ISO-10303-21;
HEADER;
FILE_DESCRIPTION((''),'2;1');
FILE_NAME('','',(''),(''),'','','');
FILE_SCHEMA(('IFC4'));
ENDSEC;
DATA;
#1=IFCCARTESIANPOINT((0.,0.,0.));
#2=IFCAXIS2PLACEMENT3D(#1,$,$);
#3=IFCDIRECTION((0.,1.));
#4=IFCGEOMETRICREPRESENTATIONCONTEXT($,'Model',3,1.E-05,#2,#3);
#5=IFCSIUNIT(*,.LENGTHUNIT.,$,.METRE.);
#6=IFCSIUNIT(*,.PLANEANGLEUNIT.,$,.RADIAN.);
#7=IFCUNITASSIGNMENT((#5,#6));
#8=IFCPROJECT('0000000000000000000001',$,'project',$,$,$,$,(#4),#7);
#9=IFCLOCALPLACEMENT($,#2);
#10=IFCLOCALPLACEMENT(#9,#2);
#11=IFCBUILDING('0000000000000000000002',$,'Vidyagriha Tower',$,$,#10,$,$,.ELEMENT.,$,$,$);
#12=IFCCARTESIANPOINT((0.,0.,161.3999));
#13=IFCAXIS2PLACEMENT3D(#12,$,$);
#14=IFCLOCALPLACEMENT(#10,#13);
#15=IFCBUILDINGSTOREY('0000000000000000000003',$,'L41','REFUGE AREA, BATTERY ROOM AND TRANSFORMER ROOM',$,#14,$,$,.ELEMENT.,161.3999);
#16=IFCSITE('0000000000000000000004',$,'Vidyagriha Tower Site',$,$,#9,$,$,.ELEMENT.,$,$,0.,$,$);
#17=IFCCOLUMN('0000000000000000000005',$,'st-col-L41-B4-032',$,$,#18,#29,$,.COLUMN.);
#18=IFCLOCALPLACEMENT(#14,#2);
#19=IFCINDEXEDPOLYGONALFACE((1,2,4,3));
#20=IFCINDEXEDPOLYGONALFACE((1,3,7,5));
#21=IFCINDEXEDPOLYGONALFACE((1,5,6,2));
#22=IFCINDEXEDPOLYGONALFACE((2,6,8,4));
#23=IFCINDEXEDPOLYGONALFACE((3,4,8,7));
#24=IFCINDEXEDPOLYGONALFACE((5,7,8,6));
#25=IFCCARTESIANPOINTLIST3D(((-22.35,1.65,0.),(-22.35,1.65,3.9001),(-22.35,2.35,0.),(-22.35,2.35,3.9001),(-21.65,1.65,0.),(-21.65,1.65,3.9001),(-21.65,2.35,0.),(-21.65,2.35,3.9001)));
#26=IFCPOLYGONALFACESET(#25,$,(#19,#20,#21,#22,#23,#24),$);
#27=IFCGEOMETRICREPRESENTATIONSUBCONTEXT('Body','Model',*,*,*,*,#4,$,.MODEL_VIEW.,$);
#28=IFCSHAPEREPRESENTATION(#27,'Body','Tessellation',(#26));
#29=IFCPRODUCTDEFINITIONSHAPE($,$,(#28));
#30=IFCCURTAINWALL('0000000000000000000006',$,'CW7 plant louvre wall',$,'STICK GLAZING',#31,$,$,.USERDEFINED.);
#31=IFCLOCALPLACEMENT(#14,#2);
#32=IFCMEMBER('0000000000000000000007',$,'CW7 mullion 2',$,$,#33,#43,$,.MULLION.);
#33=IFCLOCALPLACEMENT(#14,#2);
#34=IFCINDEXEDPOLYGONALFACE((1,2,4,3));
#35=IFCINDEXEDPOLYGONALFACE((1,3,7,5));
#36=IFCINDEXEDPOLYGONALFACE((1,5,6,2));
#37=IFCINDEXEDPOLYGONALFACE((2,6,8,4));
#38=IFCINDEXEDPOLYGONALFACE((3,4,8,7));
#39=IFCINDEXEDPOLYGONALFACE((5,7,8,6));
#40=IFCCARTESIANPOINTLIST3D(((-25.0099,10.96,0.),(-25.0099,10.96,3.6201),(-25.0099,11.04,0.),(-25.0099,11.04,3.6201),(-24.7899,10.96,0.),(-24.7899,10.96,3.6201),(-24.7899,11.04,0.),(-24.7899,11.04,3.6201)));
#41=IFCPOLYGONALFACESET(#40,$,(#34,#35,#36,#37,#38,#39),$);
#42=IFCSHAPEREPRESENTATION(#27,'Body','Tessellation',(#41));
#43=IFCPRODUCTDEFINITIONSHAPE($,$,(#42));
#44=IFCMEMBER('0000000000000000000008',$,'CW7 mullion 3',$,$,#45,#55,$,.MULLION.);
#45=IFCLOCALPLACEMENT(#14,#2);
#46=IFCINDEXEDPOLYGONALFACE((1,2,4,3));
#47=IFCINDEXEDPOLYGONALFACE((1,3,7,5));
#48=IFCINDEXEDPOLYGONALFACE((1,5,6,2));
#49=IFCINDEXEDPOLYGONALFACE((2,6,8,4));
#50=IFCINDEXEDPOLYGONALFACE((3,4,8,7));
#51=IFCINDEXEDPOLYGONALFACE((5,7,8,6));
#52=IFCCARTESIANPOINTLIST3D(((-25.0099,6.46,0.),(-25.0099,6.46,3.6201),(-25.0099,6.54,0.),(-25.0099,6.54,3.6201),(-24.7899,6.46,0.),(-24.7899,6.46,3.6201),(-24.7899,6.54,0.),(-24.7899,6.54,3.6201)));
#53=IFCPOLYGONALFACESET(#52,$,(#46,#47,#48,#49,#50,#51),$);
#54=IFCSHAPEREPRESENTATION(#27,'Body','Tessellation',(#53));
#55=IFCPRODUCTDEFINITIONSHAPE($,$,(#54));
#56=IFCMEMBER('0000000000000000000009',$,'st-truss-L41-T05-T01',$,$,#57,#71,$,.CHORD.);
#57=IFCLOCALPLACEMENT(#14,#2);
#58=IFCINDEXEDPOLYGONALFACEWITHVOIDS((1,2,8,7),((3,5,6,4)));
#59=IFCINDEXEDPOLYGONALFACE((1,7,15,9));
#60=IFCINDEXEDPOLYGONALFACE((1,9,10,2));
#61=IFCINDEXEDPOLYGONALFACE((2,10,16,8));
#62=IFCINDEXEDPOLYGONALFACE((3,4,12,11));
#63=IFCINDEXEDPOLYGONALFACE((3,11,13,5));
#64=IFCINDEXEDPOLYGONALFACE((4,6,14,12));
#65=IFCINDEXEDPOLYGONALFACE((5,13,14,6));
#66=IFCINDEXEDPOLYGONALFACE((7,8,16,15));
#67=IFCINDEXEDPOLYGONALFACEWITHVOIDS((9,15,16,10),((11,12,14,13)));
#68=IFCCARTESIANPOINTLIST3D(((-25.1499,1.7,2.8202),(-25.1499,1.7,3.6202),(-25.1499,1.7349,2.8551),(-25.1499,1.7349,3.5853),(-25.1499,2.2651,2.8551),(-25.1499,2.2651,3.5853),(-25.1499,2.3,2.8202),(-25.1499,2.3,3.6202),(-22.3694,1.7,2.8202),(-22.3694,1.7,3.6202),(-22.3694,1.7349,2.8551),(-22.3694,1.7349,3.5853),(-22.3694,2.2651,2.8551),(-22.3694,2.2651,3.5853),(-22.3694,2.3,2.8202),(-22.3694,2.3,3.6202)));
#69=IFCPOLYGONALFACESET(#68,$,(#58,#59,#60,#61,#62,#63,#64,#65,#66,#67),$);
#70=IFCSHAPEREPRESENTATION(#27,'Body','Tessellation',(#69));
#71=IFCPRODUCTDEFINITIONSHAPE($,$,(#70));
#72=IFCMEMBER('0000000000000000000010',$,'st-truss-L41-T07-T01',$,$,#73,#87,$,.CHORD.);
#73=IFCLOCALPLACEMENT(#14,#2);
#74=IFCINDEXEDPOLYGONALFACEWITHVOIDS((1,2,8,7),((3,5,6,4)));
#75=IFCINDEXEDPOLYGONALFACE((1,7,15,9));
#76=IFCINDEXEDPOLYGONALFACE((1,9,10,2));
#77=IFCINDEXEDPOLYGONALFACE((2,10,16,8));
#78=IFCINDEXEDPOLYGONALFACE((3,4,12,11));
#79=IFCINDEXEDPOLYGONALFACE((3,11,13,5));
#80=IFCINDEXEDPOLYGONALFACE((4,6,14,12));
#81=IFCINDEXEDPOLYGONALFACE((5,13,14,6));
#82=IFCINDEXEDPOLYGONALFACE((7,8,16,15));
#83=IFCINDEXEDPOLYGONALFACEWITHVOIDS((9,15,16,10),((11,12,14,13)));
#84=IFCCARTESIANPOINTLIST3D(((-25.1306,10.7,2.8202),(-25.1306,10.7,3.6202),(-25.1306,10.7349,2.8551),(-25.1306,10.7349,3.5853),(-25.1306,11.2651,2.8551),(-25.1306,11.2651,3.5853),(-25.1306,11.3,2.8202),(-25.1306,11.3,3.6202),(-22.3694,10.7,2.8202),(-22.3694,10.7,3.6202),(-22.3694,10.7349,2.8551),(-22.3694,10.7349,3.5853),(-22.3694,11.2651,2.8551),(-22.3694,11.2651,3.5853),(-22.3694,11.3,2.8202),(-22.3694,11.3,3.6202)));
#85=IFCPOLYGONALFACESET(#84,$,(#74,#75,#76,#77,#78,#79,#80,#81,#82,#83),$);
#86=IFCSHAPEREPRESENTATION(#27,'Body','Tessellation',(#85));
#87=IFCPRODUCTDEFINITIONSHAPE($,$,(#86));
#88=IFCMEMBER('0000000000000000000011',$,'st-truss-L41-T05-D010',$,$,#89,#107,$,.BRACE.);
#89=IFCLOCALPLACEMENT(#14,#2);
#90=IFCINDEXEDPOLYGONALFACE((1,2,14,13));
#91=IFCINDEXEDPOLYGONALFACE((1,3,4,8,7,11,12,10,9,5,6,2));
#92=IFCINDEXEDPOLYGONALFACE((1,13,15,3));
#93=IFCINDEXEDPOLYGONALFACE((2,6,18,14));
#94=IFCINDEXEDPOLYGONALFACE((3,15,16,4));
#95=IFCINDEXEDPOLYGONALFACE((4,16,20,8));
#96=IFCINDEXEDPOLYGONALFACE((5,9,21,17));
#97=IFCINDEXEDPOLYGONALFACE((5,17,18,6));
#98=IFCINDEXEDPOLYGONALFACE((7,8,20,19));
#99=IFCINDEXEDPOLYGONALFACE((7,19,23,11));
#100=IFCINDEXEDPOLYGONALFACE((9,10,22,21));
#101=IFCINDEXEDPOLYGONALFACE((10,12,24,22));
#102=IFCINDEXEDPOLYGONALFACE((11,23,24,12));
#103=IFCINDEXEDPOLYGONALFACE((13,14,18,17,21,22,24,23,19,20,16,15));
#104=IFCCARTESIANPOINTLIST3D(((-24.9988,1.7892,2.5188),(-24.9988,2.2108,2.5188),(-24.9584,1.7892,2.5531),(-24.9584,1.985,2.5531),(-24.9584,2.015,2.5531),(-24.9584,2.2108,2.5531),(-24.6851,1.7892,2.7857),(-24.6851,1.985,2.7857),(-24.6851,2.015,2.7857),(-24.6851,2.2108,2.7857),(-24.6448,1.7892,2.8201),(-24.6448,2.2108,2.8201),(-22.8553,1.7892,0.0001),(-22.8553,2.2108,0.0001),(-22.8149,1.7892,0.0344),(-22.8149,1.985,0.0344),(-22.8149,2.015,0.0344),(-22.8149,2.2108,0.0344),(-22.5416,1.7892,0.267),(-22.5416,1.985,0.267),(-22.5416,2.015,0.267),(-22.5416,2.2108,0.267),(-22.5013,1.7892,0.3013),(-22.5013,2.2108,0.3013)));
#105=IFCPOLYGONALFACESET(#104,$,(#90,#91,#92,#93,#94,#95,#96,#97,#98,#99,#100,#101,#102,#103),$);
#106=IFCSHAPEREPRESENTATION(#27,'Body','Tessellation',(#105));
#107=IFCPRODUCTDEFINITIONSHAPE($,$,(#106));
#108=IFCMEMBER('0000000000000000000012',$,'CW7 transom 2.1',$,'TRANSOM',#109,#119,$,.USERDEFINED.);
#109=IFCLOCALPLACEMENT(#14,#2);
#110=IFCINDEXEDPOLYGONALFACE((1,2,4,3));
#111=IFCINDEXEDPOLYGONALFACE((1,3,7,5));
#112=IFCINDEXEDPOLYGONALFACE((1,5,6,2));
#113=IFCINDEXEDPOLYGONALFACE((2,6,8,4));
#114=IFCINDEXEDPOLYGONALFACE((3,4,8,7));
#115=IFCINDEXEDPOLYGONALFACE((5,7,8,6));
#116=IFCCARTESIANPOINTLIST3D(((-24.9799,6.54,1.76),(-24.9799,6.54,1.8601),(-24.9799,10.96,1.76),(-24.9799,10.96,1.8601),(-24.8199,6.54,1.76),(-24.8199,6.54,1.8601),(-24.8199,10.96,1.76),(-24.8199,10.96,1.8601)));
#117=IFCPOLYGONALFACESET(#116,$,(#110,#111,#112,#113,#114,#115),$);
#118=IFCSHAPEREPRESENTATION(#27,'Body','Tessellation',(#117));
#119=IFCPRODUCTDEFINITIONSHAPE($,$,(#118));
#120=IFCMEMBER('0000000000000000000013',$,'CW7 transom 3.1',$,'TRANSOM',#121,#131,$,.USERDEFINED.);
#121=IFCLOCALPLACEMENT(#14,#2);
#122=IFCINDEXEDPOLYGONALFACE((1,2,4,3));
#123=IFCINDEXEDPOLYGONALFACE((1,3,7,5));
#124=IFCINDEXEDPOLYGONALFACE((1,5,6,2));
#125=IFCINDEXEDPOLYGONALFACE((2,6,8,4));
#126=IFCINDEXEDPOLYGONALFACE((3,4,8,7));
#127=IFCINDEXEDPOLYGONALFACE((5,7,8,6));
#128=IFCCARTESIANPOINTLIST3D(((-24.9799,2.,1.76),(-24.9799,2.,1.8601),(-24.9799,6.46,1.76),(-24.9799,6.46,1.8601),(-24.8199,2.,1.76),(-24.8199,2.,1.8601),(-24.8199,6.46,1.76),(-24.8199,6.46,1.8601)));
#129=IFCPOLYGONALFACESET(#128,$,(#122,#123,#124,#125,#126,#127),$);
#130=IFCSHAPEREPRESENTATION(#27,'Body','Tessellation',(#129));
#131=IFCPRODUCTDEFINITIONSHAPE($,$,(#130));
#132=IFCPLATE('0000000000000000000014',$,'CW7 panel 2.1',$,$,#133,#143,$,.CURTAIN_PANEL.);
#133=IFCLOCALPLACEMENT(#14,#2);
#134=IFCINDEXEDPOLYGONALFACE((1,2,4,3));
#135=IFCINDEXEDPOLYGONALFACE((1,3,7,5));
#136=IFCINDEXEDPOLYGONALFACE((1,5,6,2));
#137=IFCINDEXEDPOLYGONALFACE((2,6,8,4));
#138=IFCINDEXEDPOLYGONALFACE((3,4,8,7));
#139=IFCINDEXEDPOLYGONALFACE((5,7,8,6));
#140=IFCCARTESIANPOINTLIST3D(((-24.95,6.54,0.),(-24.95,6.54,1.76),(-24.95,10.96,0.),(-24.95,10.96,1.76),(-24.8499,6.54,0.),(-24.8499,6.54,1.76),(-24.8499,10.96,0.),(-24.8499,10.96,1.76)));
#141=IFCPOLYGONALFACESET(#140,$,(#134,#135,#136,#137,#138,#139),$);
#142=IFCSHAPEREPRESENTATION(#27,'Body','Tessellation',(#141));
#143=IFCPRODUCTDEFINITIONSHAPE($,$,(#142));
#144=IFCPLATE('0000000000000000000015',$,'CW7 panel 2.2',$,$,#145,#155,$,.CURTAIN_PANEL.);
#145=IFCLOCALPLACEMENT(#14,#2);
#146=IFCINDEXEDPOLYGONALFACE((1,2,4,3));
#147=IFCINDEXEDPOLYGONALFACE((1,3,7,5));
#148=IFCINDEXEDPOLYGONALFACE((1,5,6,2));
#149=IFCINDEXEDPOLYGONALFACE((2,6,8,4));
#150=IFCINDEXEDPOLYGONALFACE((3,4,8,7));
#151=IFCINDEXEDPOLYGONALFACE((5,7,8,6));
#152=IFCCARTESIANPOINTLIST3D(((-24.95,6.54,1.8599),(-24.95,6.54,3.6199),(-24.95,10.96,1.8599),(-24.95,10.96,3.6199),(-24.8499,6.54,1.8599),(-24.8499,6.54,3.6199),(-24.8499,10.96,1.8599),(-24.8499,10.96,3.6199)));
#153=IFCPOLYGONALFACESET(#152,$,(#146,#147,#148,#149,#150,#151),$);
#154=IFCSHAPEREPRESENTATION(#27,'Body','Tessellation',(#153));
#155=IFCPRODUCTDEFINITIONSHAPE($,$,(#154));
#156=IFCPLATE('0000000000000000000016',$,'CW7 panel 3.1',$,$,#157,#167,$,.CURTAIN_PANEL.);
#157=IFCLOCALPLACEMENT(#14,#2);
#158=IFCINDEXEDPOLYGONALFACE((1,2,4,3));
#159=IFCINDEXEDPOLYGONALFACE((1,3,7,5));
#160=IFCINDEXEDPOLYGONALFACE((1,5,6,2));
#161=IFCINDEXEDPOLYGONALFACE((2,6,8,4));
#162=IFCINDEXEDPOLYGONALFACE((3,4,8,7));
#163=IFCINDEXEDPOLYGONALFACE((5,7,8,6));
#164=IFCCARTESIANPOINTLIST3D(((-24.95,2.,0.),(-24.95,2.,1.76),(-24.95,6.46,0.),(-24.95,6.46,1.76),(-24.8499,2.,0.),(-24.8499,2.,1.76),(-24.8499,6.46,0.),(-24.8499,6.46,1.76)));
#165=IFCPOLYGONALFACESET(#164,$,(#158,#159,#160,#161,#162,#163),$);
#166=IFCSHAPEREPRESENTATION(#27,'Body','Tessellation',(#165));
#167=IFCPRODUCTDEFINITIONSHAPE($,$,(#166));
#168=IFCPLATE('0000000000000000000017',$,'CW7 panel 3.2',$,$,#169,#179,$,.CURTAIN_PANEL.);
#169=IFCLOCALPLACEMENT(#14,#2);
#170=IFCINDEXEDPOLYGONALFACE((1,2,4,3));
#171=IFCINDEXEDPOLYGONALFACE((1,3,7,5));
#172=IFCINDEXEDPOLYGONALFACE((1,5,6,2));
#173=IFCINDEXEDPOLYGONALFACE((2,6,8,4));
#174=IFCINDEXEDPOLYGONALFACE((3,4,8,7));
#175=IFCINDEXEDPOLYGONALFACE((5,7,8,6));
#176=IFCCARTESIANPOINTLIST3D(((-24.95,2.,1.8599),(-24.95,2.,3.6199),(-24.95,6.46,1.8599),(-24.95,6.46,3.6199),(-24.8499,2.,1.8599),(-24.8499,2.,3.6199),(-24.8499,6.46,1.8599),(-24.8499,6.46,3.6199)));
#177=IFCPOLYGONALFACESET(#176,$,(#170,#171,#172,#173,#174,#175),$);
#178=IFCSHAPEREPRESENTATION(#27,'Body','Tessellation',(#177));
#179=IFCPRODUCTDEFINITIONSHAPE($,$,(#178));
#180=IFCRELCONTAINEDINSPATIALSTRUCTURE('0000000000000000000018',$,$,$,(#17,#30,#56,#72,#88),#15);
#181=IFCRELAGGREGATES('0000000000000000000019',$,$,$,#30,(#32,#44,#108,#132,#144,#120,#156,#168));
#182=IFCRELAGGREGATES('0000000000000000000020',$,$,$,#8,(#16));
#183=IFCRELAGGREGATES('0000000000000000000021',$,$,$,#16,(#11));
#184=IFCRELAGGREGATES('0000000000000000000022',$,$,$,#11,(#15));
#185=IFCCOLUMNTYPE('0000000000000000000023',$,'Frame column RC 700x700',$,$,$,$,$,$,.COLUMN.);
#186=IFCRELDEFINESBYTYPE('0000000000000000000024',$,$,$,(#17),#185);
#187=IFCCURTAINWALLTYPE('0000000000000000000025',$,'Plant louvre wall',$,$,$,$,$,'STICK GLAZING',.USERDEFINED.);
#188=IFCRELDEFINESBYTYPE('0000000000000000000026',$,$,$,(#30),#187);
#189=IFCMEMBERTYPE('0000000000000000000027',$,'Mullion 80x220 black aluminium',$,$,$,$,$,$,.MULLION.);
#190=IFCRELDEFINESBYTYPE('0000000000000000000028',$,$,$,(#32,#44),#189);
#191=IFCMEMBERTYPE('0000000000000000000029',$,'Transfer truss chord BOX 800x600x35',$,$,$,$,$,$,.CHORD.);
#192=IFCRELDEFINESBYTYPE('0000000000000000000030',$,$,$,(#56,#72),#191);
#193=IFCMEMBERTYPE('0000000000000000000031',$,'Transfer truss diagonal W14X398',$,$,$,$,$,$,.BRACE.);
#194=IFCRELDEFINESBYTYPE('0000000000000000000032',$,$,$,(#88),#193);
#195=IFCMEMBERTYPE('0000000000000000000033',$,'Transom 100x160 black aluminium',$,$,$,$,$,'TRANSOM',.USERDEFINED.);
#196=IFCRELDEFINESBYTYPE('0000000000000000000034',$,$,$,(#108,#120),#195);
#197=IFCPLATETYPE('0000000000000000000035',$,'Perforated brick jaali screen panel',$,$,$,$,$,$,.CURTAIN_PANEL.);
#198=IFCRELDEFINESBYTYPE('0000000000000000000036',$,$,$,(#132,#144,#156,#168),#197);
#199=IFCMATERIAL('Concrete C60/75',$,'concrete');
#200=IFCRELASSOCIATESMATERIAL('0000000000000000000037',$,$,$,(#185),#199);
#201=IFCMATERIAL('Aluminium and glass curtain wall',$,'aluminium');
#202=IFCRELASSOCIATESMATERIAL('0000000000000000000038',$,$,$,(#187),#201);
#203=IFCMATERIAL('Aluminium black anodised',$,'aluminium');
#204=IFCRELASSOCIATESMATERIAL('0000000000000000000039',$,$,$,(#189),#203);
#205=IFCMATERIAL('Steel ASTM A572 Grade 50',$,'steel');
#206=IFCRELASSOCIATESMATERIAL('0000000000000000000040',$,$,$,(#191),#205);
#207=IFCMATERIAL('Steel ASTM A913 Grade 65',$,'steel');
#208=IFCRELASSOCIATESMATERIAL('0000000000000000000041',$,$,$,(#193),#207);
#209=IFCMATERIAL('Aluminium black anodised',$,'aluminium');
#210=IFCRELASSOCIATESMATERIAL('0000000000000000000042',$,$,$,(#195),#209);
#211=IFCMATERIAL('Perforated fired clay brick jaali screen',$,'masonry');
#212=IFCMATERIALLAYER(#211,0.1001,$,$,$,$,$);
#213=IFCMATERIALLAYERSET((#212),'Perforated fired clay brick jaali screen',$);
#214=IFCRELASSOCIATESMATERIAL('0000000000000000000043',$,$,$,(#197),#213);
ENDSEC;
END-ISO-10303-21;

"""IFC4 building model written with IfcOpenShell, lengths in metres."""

from ifc_helpers import new_model, si_unit, direction, frame, origin, origin_2d, place, context, subcontext, project, spatial, rectangle, hollow_rectangle, i_section, extrude, material, layer, layer_set, material_profile, profile_set, type_object, element, aggregate, save


model = new_model("IFC4")

# Units and contexts
model_context = context("Model", 3, precision=1e-05, world=origin(), true_north=direction((0.0, 1.0)))
body_context = subcontext(model_context, "Body", "Model", "MODEL_VIEW")
ifc_project = project(units=[si_unit("LENGTHUNIT", "METRE"), si_unit("PLANEANGLEUNIT", "RADIAN")], contexts=[model_context])

# Site, building, storey
site_placement = place(None, origin())
site = spatial("IfcSite", under=ifc_project, at=site_placement, Name="Vidyagriha Tower Site", CompositionType="ELEMENT", RefElevation=0.0)
building_placement = place(site_placement, origin())
building = spatial("IfcBuilding", under=site, at=building_placement, Name="Vidyagriha Tower", CompositionType="ELEMENT")
storey_placement = place(building_placement, frame((0.0, 0.0, 161.3999)))
storey = spatial("IfcBuildingStorey", under=building, at=storey_placement, Name="L41", Description="REFUGE AREA, BATTERY ROOM AND TRANSFORMER ROOM", CompositionType="ELEMENT", Elevation=161.3999)

# Column
ifc_material_1 = material(Name="Concrete C60/75", Category="concrete")
ifc_material_profile_1 = material_profile(ifc_material_1, rectangle(XDim=0.7, YDim=0.7, at=origin_2d()), Name="RC 700x700")
ifc_profile_set_1 = profile_set([ifc_material_profile_1], Name="Concrete C60/75")
column_type = type_object("IfcColumnType", Name="Frame column RC 700x700", PredefinedType="COLUMN", material=ifc_profile_set_1)
column_placement = place(storey_placement, frame((-22.0, 2.0, 0.0)))
element("IfcColumn", 1, at=column_placement, inside=storey, type_object=column_type, Name="st-col-L41-B4-032", PredefinedType="COLUMN", context=body_context, shape_type="SweptSolid", body=[
    extrude(rectangle(XDim=0.7, YDim=0.7, at=origin_2d()), origin(), (0.0, 0.0, 1.0), 3.9001),
])

# Curtain wall, members
ifc_material_2 = material(Name="Aluminium and glass curtain wall", Category="aluminium")
curtain_wall_type = type_object("IfcCurtainWallType", Name="Plant louvre wall", ElementType="STICK GLAZING", PredefinedType="USERDEFINED", material=ifc_material_2)
curtain_wall_placement = place(storey_placement, origin())
curtain_wall = element("IfcCurtainWall", 2, at=curtain_wall_placement, inside=storey, type_object=curtain_wall_type, Name="CW7 plant louvre wall", ObjectType="STICK GLAZING", PredefinedType="USERDEFINED")
ifc_material_3 = material(Name="Aluminium black anodised", Category="aluminium")
ifc_material_profile_2 = material_profile(ifc_material_3, rectangle(XDim=0.22, YDim=0.0801, at=origin_2d()), Name="Mullion 80x220 black aluminium")
ifc_profile_set_2 = profile_set([ifc_material_profile_2], Name="Aluminium black anodised")
member_type_1 = type_object("IfcMemberType", Name="Mullion 80x220 black aluminium", PredefinedType="MULLION", material=ifc_profile_set_2)
member_1_placement = place(storey_placement, frame((-24.8999, 11.0, 0.0)))
member_1 = element("IfcMember", 3, at=member_1_placement, type_object=member_type_1, Name="CW7 mullion 2", PredefinedType="MULLION", context=body_context, shape_type="SweptSolid", body=[
    extrude(rectangle(XDim=0.22, YDim=0.0801, at=origin_2d()), origin(), (0.0, 0.0, 1.0), 3.6201),
])
member_2_placement = place(storey_placement, frame((-24.8999, 6.5, 0.0)))
member_2 = element("IfcMember", 4, at=member_2_placement, type_object=member_type_1, Name="CW7 mullion 3", PredefinedType="MULLION", context=body_context, shape_type="SweptSolid", body=[
    extrude(rectangle(XDim=0.22, YDim=0.0801, at=origin_2d()), origin(), (0.0, 0.0, 1.0), 3.6201),
])

# Members
ifc_material_4 = material(Name="Steel ASTM A572 Grade 50", Category="steel")
ifc_material_profile_3 = material_profile(ifc_material_4, hollow_rectangle(XDim=0.6001, YDim=0.8, WallThickness=0.0349, at=origin_2d()), Name="BOX 800x600x35")
ifc_profile_set_3 = profile_set([ifc_material_profile_3], Name="Steel ASTM A572 Grade 50")
member_type_2 = type_object("IfcMemberType", Name="Transfer truss chord BOX 800x600x35", PredefinedType="CHORD", material=ifc_profile_set_3)
member_3_placement = place(storey_placement, frame((-25.1499, 2.0, 3.2202), z_axis=(1.0, 0.0, 0.0), x_axis=(0.0, 1.0, 0.0)))
element("IfcMember", 5, at=member_3_placement, inside=storey, type_object=member_type_2, Name="st-truss-L41-T05-T01", PredefinedType="CHORD", context=body_context, shape_type="SweptSolid", body=[
    extrude(hollow_rectangle(XDim=0.6001, YDim=0.8, WallThickness=0.0349, at=origin_2d()), origin(), (0.0, 0.0, 1.0), 2.7805),
])
member_4_placement = place(storey_placement, frame((-25.1306, 11.0, 3.2202), z_axis=(1.0, 0.0, 0.0), x_axis=(0.0, 1.0, 0.0)))
element("IfcMember", 6, at=member_4_placement, inside=storey, type_object=member_type_2, Name="st-truss-L41-T07-T01", PredefinedType="CHORD", context=body_context, shape_type="SweptSolid", body=[
    extrude(hollow_rectangle(XDim=0.6001, YDim=0.8, WallThickness=0.0349, at=origin_2d()), origin(), (0.0, 0.0, 1.0), 2.7612),
])
ifc_material_5 = material(Name="Steel ASTM A913 Grade 65", Category="steel")
ifc_material_profile_4 = material_profile(ifc_material_5, i_section(OverallWidth=0.4216, OverallDepth=0.4648, WebThickness=0.03, FlangeThickness=0.053, at=origin_2d()), Name="W14X398")
ifc_profile_set_4 = profile_set([ifc_material_profile_4], Name="Steel ASTM A913 Grade 65")
member_type_3 = type_object("IfcMemberType", Name="Transfer truss diagonal W14X398", PredefinedType="BRACE", material=ifc_profile_set_4)
member_5_placement = place(storey_placement, frame((-24.8218, 2.0, 2.6694), z_axis=(0.6481, 0.0, -0.761555), x_axis=(0.0, 1.0, 0.0)))
element("IfcMember", 7, at=member_5_placement, inside=storey, type_object=member_type_3, Name="st-truss-L41-T05-D010", PredefinedType="BRACE", context=body_context, shape_type="SweptSolid", body=[
    extrude(i_section(OverallWidth=0.4216, OverallDepth=0.4648, WebThickness=0.03, FlangeThickness=0.053, at=origin_2d()), origin(), (0.0, 0.0, 1.0), 3.3074),
])

# Members
ifc_material_6 = material(Name="Aluminium black anodised", Category="aluminium")
ifc_material_profile_5 = material_profile(ifc_material_6, rectangle(XDim=0.1599, YDim=0.1001, at=origin_2d()), Name="Transom 100x160 black aluminium")
ifc_profile_set_5 = profile_set([ifc_material_profile_5], Name="Aluminium black anodised")
member_type_4 = type_object("IfcMemberType", Name="Transom 100x160 black aluminium", ElementType="TRANSOM", PredefinedType="USERDEFINED", material=ifc_profile_set_5)
member_6_placement = place(storey_placement, frame((-24.8999, 10.96, 1.8101), z_axis=(0.0, -1.0, 0.0), x_axis=(1.0, 0.0, 0.0)))
member_6 = element("IfcMember", 8, at=member_6_placement, type_object=member_type_4, Name="CW7 transom 2.1", ObjectType="TRANSOM", PredefinedType="USERDEFINED", context=body_context, shape_type="SweptSolid", body=[
    extrude(rectangle(XDim=0.1599, YDim=0.1001, at=origin_2d()), origin(), (0.0, 0.0, 1.0), 4.4199),
])
member_7_placement = place(storey_placement, frame((-24.8999, 6.46, 1.8101), z_axis=(0.0, -1.0, 0.0), x_axis=(1.0, 0.0, 0.0)))
member_7 = element("IfcMember", 9, at=member_7_placement, type_object=member_type_4, Name="CW7 transom 3.1", ObjectType="TRANSOM", PredefinedType="USERDEFINED", context=body_context, shape_type="SweptSolid", body=[
    extrude(rectangle(XDim=0.1599, YDim=0.1001, at=origin_2d()), origin(), (0.0, 0.0, 1.0), 4.46),
])

# Plates
ifc_material_7 = material(Name="Perforated fired clay brick jaali screen", Category="masonry")
ifc_layer_1 = layer(ifc_material_7, 0.1001)
ifc_layer_set_1 = layer_set([ifc_layer_1], Name="Perforated fired clay brick jaali screen")
plate_type = type_object("IfcPlateType", Name="Perforated brick jaali screen panel", PredefinedType="CURTAIN_PANEL", material=ifc_layer_set_1)
plate_1_placement = place(storey_placement, frame((-24.8999, 8.75, 0.0), z_axis=(0.0, 0.0, 1.0), x_axis=(0.0, -1.0, 0.0)))
plate_1 = element("IfcPlate", 10, at=plate_1_placement, type_object=plate_type, Name="CW7 panel 2.1", PredefinedType="CURTAIN_PANEL", context=body_context, shape_type="SweptSolid", body=[
    extrude(rectangle(XDim=4.4199, YDim=0.1001, at=origin_2d()), origin(), (0.0, 0.0, 1.0), 1.76),
])
plate_2_placement = place(storey_placement, frame((-24.8999, 8.75, 1.8599), z_axis=(0.0, 0.0, 1.0), x_axis=(0.0, -1.0, 0.0)))
plate_2 = element("IfcPlate", 11, at=plate_2_placement, type_object=plate_type, Name="CW7 panel 2.2", PredefinedType="CURTAIN_PANEL", context=body_context, shape_type="SweptSolid", body=[
    extrude(rectangle(XDim=4.4199, YDim=0.1001, at=origin_2d()), origin(), (0.0, 0.0, 1.0), 1.76),
])
plate_3_placement = place(storey_placement, frame((-24.8999, 4.23, 0.0), z_axis=(0.0, 0.0, 1.0), x_axis=(0.0, -1.0, 0.0)))
plate_3 = element("IfcPlate", 12, at=plate_3_placement, type_object=plate_type, Name="CW7 panel 3.1", PredefinedType="CURTAIN_PANEL", context=body_context, shape_type="SweptSolid", body=[
    extrude(rectangle(XDim=4.46, YDim=0.1001, at=origin_2d()), origin(), (0.0, 0.0, 1.0), 1.76),
])
plate_4_placement = place(storey_placement, frame((-24.8999, 4.23, 1.8599), z_axis=(0.0, 0.0, 1.0), x_axis=(0.0, -1.0, 0.0)))
plate_4 = element("IfcPlate", 13, at=plate_4_placement, type_object=plate_type, Name="CW7 panel 3.2", PredefinedType="CURTAIN_PANEL", context=body_context, shape_type="SweptSolid", body=[
    extrude(rectangle(XDim=4.46, YDim=0.1001, at=origin_2d()), origin(), (0.0, 0.0, 1.0), 1.76),
])
aggregate(curtain_wall, [member_1, member_2, member_6, plate_1, plate_2, member_7, plate_3, plate_4])

save(model, "model.ifc")
